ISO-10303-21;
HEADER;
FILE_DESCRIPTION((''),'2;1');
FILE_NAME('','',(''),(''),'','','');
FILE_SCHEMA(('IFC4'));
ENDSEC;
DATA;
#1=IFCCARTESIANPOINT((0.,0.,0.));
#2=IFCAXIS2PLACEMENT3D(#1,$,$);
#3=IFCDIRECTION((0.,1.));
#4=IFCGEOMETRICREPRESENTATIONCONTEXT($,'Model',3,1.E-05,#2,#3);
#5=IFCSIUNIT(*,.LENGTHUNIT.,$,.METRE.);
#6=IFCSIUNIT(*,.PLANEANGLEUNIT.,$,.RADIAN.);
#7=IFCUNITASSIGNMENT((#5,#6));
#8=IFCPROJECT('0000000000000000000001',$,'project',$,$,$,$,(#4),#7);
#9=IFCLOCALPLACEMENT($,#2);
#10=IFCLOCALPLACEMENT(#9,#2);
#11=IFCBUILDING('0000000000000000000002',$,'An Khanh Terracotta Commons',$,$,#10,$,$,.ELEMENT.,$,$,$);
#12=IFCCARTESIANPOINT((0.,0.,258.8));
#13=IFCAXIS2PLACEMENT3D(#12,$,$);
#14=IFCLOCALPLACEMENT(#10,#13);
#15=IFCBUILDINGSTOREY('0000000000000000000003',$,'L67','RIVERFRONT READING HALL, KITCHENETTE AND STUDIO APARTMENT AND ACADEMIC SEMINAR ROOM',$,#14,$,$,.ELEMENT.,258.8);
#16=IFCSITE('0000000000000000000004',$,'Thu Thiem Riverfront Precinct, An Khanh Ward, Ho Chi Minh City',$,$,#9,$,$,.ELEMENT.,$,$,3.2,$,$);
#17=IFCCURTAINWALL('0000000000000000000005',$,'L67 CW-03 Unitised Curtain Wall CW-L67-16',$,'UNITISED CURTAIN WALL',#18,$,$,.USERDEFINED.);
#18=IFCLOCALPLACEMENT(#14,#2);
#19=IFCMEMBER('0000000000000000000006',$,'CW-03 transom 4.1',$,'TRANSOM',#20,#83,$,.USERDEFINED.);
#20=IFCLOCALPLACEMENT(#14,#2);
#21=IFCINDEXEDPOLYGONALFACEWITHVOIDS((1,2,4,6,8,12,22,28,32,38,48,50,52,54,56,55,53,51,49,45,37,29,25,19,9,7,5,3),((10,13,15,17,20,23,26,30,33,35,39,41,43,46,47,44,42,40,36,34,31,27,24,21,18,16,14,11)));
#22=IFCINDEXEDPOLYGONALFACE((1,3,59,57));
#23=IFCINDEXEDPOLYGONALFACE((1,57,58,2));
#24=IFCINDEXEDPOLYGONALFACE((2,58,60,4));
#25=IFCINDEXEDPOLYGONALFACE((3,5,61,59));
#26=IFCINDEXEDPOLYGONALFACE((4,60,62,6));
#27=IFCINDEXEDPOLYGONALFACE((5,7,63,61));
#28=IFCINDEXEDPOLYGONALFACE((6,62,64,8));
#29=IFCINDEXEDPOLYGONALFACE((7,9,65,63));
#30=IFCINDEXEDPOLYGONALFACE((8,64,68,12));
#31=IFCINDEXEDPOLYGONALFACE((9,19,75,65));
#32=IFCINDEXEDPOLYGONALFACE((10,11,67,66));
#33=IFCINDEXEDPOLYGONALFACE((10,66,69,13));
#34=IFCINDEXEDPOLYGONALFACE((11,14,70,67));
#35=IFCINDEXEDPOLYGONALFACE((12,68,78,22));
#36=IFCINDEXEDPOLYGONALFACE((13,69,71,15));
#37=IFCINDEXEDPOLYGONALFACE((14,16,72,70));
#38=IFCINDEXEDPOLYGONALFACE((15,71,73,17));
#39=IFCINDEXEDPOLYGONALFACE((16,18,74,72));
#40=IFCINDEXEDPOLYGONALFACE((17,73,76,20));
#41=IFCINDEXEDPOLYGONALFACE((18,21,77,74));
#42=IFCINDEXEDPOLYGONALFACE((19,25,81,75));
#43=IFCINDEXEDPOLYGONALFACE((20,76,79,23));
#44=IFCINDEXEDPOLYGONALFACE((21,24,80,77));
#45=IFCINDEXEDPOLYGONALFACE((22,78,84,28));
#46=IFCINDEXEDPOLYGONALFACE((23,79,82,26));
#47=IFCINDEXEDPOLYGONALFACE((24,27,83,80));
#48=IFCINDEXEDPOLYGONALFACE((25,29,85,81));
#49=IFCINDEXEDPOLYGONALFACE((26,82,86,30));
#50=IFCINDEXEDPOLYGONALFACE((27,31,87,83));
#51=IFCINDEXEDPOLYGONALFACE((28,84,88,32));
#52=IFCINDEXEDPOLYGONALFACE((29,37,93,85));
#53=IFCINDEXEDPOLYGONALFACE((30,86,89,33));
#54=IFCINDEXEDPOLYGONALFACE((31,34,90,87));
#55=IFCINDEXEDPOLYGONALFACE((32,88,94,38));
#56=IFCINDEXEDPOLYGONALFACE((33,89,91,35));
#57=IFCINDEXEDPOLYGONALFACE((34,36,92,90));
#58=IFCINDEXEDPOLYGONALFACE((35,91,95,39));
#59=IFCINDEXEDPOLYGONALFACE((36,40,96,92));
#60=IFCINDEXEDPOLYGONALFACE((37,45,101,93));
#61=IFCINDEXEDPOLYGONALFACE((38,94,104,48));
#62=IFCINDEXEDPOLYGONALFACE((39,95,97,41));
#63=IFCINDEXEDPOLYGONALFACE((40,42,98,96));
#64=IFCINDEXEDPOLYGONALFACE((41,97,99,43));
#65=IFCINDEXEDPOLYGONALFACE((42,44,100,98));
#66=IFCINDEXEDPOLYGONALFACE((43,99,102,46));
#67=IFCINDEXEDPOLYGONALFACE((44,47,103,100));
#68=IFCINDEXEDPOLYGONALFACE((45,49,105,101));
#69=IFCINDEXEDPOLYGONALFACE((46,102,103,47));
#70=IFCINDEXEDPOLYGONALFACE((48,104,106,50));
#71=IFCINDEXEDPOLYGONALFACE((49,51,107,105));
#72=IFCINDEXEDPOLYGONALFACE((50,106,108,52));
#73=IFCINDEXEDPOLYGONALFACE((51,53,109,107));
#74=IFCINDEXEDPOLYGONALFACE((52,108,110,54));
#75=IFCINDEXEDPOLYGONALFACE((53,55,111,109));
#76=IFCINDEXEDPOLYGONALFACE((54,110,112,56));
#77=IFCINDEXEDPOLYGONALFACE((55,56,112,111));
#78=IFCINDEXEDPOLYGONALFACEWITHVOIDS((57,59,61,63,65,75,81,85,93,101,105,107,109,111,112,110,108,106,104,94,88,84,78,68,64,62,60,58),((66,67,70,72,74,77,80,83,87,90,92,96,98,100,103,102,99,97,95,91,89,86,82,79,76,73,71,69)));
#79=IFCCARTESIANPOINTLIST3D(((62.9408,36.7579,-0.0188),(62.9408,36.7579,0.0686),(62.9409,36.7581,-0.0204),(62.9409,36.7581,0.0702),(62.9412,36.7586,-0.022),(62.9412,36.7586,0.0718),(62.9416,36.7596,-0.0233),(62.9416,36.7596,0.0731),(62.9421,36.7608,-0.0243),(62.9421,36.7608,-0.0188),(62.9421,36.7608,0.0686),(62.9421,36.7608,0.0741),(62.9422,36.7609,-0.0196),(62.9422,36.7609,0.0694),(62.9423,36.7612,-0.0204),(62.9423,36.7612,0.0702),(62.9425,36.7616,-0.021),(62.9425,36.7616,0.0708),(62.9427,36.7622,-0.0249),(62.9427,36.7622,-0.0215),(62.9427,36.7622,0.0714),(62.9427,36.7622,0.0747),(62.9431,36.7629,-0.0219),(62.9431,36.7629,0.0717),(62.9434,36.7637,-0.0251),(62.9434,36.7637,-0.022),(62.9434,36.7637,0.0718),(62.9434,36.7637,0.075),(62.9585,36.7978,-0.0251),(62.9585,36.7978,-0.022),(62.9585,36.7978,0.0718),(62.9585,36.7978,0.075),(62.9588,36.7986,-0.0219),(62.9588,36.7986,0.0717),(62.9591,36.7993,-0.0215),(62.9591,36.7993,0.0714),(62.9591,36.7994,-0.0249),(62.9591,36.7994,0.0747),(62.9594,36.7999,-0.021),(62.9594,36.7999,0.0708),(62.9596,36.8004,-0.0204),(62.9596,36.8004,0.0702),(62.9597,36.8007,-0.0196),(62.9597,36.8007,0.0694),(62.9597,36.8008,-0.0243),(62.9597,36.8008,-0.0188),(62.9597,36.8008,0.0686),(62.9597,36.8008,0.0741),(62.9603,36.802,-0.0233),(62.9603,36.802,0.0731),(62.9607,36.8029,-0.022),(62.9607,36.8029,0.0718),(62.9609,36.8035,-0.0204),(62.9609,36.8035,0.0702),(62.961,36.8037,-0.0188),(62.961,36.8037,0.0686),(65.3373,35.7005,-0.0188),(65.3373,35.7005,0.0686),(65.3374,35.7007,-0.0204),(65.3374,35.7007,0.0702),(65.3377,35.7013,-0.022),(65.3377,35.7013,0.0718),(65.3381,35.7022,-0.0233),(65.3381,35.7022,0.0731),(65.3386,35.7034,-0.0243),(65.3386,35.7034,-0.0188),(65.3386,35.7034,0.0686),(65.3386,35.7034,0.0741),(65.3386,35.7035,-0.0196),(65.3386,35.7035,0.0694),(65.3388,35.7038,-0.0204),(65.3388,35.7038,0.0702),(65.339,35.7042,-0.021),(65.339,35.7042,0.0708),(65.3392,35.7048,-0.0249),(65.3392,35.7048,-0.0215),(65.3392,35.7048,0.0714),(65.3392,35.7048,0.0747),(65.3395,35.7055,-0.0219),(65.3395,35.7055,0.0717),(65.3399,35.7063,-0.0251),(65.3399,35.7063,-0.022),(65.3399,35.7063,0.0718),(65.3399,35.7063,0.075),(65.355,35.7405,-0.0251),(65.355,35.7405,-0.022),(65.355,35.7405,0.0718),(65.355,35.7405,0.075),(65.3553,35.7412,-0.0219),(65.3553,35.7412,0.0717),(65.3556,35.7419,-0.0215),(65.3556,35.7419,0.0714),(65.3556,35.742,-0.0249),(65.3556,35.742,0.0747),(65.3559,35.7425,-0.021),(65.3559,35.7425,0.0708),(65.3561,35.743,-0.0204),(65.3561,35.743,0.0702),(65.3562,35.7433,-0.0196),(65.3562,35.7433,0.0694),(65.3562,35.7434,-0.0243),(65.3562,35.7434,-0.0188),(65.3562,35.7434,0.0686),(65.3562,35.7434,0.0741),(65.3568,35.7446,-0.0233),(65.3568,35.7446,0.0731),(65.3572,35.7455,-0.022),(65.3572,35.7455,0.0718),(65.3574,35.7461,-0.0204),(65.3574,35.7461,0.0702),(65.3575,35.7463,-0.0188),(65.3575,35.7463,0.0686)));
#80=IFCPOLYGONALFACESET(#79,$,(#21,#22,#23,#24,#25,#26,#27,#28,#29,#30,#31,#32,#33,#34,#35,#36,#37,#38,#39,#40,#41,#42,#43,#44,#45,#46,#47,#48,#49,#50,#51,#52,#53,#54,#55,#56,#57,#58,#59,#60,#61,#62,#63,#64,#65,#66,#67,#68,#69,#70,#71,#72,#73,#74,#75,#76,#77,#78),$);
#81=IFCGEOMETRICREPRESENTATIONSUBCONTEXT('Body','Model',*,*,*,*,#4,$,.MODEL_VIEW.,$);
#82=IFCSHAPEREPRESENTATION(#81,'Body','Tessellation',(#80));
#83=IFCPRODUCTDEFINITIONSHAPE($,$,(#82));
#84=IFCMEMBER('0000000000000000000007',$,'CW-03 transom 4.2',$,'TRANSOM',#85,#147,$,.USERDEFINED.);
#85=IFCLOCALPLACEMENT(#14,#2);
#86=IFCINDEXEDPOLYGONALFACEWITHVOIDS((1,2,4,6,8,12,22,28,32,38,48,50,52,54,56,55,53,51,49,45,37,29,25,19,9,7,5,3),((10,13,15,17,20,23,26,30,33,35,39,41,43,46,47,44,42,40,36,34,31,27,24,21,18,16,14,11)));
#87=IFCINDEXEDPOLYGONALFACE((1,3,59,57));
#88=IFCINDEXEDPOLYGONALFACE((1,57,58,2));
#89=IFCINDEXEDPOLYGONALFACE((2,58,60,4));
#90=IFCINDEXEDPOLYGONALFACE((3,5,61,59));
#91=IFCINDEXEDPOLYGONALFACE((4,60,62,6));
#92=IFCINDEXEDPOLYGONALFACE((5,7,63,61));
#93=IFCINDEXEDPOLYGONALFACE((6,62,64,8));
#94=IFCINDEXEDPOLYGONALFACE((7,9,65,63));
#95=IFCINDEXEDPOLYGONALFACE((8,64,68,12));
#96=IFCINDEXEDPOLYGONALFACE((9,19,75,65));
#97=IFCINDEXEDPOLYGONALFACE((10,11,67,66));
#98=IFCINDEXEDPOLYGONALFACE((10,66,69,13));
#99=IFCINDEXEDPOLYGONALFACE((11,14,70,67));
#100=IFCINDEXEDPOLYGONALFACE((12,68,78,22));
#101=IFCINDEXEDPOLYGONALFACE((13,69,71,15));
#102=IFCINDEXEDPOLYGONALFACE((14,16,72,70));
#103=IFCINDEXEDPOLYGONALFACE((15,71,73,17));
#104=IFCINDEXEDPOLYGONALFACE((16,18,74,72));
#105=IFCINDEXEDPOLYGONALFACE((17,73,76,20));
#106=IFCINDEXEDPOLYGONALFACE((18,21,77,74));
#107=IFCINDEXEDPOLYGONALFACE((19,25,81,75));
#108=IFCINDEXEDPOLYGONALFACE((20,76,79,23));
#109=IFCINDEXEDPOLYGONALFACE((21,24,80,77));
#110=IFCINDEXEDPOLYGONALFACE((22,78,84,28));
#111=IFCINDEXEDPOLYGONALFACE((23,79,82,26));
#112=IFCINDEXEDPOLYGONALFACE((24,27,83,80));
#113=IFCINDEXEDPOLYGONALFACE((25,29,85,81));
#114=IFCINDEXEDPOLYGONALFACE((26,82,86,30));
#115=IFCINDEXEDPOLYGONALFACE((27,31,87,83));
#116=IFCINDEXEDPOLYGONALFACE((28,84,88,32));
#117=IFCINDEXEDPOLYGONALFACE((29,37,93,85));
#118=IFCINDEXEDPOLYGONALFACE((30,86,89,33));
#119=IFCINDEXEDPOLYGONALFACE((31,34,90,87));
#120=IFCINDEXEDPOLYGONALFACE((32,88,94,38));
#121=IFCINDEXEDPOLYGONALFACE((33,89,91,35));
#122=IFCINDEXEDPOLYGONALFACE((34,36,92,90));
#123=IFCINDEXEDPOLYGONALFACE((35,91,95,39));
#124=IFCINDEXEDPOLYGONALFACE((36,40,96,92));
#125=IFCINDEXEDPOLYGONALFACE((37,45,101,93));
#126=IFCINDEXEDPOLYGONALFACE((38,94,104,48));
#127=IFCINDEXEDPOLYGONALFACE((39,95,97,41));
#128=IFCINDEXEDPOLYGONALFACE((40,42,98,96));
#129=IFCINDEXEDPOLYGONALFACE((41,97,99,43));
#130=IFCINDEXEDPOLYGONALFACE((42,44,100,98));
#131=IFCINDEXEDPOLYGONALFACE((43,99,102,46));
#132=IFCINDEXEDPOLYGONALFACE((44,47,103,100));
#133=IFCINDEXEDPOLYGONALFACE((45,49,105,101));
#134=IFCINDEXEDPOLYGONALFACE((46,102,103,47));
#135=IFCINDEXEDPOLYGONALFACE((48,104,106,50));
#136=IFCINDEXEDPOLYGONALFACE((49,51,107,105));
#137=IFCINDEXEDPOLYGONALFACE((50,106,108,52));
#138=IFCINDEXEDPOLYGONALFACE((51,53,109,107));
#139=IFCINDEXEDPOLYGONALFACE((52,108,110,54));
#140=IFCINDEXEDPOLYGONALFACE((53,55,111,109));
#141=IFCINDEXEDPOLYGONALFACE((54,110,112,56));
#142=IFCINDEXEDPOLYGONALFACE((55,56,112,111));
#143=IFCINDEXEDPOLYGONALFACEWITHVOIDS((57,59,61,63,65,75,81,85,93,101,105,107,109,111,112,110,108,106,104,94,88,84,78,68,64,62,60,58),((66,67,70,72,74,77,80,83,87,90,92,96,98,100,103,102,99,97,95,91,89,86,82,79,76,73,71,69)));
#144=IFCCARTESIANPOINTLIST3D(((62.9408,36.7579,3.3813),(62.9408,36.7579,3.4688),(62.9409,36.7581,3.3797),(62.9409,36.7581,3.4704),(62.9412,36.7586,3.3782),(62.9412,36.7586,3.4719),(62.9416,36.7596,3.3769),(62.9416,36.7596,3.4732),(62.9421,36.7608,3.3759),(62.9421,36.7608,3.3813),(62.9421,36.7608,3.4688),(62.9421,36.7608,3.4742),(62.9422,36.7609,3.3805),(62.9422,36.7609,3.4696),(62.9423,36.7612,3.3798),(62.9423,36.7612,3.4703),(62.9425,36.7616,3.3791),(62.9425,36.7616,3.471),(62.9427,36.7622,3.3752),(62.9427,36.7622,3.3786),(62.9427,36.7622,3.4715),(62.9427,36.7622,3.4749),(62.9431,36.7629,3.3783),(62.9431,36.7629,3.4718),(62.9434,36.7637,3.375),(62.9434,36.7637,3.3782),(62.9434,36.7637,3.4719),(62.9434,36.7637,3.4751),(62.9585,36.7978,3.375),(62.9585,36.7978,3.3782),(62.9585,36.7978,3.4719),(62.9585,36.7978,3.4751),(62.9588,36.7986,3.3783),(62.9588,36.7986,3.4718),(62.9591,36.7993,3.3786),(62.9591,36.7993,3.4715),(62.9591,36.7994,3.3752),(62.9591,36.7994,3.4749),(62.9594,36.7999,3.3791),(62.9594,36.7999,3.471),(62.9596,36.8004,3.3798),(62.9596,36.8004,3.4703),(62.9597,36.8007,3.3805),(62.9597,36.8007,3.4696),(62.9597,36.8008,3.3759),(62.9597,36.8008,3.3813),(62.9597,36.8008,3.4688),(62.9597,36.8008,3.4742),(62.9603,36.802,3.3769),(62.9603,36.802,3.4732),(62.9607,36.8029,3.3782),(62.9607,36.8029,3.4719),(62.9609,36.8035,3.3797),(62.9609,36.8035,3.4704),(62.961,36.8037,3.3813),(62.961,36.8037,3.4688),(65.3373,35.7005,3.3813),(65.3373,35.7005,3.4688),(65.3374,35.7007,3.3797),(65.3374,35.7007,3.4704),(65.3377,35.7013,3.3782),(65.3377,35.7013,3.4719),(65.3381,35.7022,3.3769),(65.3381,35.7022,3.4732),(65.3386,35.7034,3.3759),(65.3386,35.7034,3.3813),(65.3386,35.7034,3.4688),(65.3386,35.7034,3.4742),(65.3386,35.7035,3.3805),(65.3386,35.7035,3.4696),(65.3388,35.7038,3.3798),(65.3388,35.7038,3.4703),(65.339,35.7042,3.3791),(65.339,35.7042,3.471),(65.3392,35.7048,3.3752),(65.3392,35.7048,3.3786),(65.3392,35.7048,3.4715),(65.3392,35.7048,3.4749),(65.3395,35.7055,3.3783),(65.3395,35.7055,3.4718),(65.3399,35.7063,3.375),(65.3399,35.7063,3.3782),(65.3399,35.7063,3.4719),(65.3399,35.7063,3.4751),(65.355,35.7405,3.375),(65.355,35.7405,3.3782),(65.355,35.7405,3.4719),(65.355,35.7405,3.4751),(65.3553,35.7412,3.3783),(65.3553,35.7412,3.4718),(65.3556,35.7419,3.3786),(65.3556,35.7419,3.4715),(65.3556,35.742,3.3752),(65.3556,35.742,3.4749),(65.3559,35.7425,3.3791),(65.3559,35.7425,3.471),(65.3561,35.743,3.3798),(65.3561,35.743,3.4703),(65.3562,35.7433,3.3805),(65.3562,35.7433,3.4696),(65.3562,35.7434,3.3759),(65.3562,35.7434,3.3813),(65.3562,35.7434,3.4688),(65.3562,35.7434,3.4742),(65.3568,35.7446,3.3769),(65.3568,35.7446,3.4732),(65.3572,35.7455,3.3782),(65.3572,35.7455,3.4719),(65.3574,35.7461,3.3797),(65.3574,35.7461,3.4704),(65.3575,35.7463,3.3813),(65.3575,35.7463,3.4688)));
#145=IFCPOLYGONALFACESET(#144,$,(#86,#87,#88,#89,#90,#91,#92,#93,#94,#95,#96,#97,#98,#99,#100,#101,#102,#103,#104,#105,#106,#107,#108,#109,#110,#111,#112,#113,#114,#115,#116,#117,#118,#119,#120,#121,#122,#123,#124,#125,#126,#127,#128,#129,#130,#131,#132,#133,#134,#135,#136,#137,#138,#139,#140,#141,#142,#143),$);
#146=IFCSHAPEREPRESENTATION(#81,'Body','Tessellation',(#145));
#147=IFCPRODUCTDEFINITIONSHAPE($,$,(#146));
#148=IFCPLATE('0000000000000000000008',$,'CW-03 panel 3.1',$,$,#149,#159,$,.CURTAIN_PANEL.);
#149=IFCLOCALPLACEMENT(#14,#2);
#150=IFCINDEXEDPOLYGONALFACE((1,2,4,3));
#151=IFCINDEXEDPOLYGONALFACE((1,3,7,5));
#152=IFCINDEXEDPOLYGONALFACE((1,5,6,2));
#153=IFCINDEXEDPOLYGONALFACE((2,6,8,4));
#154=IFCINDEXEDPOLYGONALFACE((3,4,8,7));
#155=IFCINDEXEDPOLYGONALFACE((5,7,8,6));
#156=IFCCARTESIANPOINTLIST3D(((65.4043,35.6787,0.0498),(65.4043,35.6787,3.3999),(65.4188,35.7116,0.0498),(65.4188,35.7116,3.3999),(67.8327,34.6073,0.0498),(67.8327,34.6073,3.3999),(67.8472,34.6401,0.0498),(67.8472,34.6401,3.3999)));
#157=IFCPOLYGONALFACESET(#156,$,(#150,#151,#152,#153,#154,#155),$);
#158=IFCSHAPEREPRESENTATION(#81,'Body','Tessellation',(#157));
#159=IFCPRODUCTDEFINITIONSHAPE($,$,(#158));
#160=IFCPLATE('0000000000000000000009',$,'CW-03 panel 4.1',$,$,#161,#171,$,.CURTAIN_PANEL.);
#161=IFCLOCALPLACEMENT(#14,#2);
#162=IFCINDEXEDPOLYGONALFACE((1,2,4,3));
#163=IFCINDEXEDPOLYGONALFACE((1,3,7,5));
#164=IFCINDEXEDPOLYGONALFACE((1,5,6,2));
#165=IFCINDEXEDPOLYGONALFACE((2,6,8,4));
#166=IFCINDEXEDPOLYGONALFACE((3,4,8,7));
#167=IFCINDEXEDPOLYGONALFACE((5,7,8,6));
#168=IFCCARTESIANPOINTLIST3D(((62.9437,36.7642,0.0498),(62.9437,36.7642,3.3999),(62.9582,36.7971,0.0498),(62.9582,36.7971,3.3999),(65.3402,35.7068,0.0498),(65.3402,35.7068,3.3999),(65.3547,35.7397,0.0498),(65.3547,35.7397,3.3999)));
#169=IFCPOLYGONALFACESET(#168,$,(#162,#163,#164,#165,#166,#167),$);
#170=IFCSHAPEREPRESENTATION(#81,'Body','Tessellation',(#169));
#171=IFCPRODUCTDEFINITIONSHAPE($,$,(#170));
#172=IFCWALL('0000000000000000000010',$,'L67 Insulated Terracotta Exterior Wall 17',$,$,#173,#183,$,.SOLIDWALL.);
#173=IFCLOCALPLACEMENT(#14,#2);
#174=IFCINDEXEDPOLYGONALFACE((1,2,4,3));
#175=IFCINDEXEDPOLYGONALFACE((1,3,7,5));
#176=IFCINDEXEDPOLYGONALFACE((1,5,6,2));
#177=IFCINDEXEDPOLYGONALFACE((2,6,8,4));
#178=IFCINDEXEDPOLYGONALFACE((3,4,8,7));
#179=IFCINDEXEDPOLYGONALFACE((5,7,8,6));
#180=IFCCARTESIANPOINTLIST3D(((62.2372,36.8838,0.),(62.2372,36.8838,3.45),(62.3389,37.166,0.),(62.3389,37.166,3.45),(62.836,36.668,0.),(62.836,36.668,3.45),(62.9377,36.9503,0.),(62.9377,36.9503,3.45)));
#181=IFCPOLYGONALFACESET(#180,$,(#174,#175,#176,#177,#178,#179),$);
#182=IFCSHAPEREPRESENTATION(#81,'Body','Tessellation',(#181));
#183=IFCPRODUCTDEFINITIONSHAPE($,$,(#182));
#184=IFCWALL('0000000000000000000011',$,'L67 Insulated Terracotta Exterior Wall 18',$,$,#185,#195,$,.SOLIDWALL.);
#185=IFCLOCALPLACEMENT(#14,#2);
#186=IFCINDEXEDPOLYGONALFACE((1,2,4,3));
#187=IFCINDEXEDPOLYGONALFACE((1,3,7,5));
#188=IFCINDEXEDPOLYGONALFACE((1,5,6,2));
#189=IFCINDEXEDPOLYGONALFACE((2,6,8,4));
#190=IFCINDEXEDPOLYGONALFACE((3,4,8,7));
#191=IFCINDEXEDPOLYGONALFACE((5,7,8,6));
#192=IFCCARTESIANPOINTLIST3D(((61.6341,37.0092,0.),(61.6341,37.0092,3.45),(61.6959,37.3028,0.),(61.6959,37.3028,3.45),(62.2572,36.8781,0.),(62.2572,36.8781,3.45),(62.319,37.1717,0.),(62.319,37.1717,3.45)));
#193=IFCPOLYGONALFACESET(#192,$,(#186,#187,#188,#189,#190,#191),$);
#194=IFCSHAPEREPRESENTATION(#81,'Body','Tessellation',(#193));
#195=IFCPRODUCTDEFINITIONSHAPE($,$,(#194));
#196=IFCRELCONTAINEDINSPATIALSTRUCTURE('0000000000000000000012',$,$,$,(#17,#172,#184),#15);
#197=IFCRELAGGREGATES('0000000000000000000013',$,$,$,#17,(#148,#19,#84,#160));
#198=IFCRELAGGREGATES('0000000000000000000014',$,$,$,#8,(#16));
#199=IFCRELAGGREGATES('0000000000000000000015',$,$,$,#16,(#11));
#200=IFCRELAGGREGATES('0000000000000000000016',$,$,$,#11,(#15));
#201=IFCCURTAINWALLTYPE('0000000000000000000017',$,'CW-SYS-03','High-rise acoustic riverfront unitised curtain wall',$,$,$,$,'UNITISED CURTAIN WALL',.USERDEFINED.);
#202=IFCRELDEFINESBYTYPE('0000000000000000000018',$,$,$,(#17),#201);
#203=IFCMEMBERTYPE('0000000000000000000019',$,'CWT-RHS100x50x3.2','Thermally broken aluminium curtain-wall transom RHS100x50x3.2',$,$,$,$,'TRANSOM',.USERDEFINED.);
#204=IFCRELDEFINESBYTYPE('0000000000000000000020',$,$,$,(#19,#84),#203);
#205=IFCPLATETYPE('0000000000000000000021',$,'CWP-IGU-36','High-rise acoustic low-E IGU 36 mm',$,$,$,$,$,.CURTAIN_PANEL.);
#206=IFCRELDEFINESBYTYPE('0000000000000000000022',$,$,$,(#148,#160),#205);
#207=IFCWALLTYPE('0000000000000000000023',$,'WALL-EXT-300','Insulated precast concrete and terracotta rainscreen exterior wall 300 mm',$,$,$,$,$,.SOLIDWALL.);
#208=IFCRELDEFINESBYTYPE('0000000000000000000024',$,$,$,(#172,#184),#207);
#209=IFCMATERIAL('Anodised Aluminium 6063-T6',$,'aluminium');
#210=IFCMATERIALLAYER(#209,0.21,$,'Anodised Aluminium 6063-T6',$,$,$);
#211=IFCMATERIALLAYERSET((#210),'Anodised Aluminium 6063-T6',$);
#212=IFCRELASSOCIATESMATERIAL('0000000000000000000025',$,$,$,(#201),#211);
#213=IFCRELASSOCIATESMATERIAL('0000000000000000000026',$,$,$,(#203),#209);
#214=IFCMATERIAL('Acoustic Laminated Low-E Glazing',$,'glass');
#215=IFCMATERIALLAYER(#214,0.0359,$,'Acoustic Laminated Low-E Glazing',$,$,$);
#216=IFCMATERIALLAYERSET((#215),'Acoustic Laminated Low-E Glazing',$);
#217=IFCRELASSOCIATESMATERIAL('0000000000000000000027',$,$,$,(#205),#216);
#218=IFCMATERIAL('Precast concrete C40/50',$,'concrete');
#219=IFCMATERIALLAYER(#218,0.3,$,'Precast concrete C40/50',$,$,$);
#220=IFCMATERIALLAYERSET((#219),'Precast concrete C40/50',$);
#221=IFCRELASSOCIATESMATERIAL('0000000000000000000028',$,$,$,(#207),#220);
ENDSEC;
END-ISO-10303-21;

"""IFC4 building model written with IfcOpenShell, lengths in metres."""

from ifc_helpers import new_model, si_unit, direction, frame, frame_2d, origin, origin_2d, place, context, subcontext, project, spatial, rectangle, hollow_rectangle, extrude, material, layer, layer_set, material_profile, profile_set, type_object, element, aggregate, save


model = new_model("IFC4")

# Units and contexts
model_context = context("Model", 3, precision=1e-05, world=origin(), true_north=direction((0.0, 1.0)))
body_context = subcontext(model_context, "Body", "Model", "MODEL_VIEW")
ifc_project = project(units=[si_unit("LENGTHUNIT", "METRE"), si_unit("PLANEANGLEUNIT", "RADIAN")], contexts=[model_context])

# Site, building, storey
site_placement = place(None, origin())
site = spatial("IfcSite", under=ifc_project, at=site_placement, Name="Thu Thiem Riverfront Precinct, An Khanh Ward, Ho Chi Minh City", CompositionType="ELEMENT", RefElevation=3.2)
building_placement = place(site_placement, origin())
building = spatial("IfcBuilding", under=site, at=building_placement, Name="An Khanh Terracotta Commons", CompositionType="ELEMENT")
storey_placement = place(building_placement, frame((0.0, 0.0, 258.8)))
storey = spatial("IfcBuildingStorey", under=building, at=storey_placement, Name="L67", Description="RIVERFRONT READING HALL, KITCHENETTE AND STUDIO APARTMENT AND ACADEMIC SEMINAR ROOM", CompositionType="ELEMENT", Elevation=258.8)

# Curtain wall, members, plates
ifc_material_1 = material(Name="Anodised Aluminium 6063-T6", Category="aluminium")
ifc_layer_1 = layer(ifc_material_1, 0.21, Name="Anodised Aluminium 6063-T6")
ifc_layer_set_1 = layer_set([ifc_layer_1], Name="Anodised Aluminium 6063-T6")
curtain_wall_type = type_object("IfcCurtainWallType", Name="CW-SYS-03", Description="High-rise acoustic riverfront unitised curtain wall", ElementType="UNITISED CURTAIN WALL", PredefinedType="USERDEFINED", material=ifc_layer_set_1)
curtain_wall_placement = place(storey_placement, origin())
curtain_wall = element("IfcCurtainWall", 1, at=curtain_wall_placement, inside=storey, type_object=curtain_wall_type, Name="L67 CW-03 Unitised Curtain Wall CW-L67-16", ObjectType="UNITISED CURTAIN WALL", PredefinedType="USERDEFINED")
ifc_material_profile_1 = material_profile(ifc_material_1, hollow_rectangle(XDim=0.05, YDim=0.1001, WallThickness=0.0032, InnerFilletRadius=0.0032, OuterFilletRadius=0.0063, at=origin_2d()), Name="RHS100x50x3.2")
ifc_profile_set_1 = profile_set([ifc_material_profile_1], Name="Anodised Aluminium 6063-T6")
member_type_1 = type_object("IfcMemberType", Name="CWT-RHS100x50x3.2", Description="Thermally broken aluminium curtain-wall transom RHS100x50x3.2", ElementType="TRANSOM", PredefinedType="USERDEFINED", material=ifc_profile_set_1)
member_1_placement = place(storey_placement, frame((65.3474, 35.7234, 0.0249), z_axis=(-0.914904, 0.403672, 0.0), x_axis=(-0.403672, -0.914904, 0.0)))
member_1 = element("IfcMember", 2, at=member_1_placement, type_object=member_type_1, Name="CW-03 transom 4.1", ObjectType="TRANSOM", PredefinedType="USERDEFINED", context=body_context, shape_type="SweptSolid", body=[
    extrude(hollow_rectangle(XDim=0.05, YDim=0.1001, WallThickness=0.0032, InnerFilletRadius=0.0032, OuterFilletRadius=0.0063, at=origin_2d()), origin(), (0.0, 0.0, 1.0), 2.6194),
])
member_2_placement = place(storey_placement, frame((65.3474, 35.7234, 3.425), z_axis=(-0.914904, 0.403672, 0.0), x_axis=(-0.403672, -0.914904, 0.0)))
member_2 = element("IfcMember", 3, at=member_2_placement, type_object=member_type_1, Name="CW-03 transom 4.2", ObjectType="TRANSOM", PredefinedType="USERDEFINED", context=body_context, shape_type="SweptSolid", body=[
    extrude(hollow_rectangle(XDim=0.05, YDim=0.1001, WallThickness=0.0032, InnerFilletRadius=0.0032, OuterFilletRadius=0.0063, at=origin_2d()), origin(), (0.0, 0.0, 1.0), 2.6194),
])
ifc_material_2 = material(Name="Acoustic Laminated Low-E Glazing", Category="glass")
ifc_layer_2 = layer(ifc_material_2, 0.0359, Name="Acoustic Laminated Low-E Glazing")
ifc_layer_set_2 = layer_set([ifc_layer_2], Name="Acoustic Laminated Low-E Glazing")
plate_type = type_object("IfcPlateType", Name="CWP-IGU-36", Description="High-rise acoustic low-E IGU 36 mm", PredefinedType="CURTAIN_PANEL", material=ifc_layer_set_2)
plate_1_placement = place(storey_placement, frame((66.6257, 35.1594, 0.0498), z_axis=(0.0, 0.0, 1.0), x_axis=(-0.914902, 0.403676, 0.0)))
plate_1 = element("IfcPlate", 4, at=plate_1_placement, type_object=plate_type, Name="CW-03 panel 3.1", PredefinedType="CURTAIN_PANEL", context=body_context, shape_type="SweptSolid", body=[
    extrude(rectangle(XDim=2.6543, YDim=0.0359, at=origin_2d()), origin(), (0.0, 0.0, 1.0), 3.3501),
])
plate_2_placement = place(storey_placement, frame((64.1492, 36.252, 0.0498), z_axis=(0.0, 0.0, 1.0), x_axis=(-0.914902, 0.403676, 0.0)))
plate_2 = element("IfcPlate", 5, at=plate_2_placement, type_object=plate_type, Name="CW-03 panel 4.1", PredefinedType="CURTAIN_PANEL", context=body_context, shape_type="SweptSolid", body=[
    extrude(rectangle(XDim=2.6194, YDim=0.0359, at=origin_2d()), origin(), (0.0, 0.0, 1.0), 3.3501),
])
aggregate(curtain_wall, [plate_1, member_1, member_2, plate_2])

# Walls
ifc_material_3 = material(Name="Precast concrete C40/50", Category="concrete")
ifc_layer_3 = layer(ifc_material_3, 0.3, Name="Precast concrete C40/50")
ifc_layer_set_3 = layer_set([ifc_layer_3], Name="Precast concrete C40/50")
wall_type = type_object("IfcWallType", Name="WALL-EXT-300", Description="Insulated precast concrete and terracotta rainscreen exterior wall 300 mm", PredefinedType="SOLIDWALL", material=ifc_layer_set_3)
wall_1_placement = place(storey_placement, frame((62.887, 36.8091, 0.0), z_axis=(0.0, 0.0, 1.0), x_axis=(-0.940775, 0.339032, 0.0)))
element("IfcWall", 6, at=wall_1_placement, inside=storey, type_object=wall_type, Name="L67 Insulated Terracotta Exterior Wall 17", PredefinedType="SOLIDWALL", context=body_context, shape_type="SweptSolid", body=[
    extrude(rectangle(XDim=0.6365, YDim=0.3, at=frame_2d((0.3184, 0.0))), origin(), (0.0, 0.0, 1.0), 3.45),
])
wall_2_placement = place(storey_placement, frame((62.2881, 37.0249, 0.0), z_axis=(0.0, 0.0, 1.0), x_axis=(-0.97857, 0.205914, 0.0)))
element("IfcWall", 7, at=wall_2_placement, inside=storey, type_object=wall_type, Name="L67 Insulated Terracotta Exterior Wall 18", PredefinedType="SOLIDWALL", context=body_context, shape_type="SweptSolid", body=[
    extrude(rectangle(XDim=0.6367, YDim=0.3, at=frame_2d((0.3184, 0.0))), origin(), (0.0, 0.0, 1.0), 3.45),
])

save(model, "model.ifc")
